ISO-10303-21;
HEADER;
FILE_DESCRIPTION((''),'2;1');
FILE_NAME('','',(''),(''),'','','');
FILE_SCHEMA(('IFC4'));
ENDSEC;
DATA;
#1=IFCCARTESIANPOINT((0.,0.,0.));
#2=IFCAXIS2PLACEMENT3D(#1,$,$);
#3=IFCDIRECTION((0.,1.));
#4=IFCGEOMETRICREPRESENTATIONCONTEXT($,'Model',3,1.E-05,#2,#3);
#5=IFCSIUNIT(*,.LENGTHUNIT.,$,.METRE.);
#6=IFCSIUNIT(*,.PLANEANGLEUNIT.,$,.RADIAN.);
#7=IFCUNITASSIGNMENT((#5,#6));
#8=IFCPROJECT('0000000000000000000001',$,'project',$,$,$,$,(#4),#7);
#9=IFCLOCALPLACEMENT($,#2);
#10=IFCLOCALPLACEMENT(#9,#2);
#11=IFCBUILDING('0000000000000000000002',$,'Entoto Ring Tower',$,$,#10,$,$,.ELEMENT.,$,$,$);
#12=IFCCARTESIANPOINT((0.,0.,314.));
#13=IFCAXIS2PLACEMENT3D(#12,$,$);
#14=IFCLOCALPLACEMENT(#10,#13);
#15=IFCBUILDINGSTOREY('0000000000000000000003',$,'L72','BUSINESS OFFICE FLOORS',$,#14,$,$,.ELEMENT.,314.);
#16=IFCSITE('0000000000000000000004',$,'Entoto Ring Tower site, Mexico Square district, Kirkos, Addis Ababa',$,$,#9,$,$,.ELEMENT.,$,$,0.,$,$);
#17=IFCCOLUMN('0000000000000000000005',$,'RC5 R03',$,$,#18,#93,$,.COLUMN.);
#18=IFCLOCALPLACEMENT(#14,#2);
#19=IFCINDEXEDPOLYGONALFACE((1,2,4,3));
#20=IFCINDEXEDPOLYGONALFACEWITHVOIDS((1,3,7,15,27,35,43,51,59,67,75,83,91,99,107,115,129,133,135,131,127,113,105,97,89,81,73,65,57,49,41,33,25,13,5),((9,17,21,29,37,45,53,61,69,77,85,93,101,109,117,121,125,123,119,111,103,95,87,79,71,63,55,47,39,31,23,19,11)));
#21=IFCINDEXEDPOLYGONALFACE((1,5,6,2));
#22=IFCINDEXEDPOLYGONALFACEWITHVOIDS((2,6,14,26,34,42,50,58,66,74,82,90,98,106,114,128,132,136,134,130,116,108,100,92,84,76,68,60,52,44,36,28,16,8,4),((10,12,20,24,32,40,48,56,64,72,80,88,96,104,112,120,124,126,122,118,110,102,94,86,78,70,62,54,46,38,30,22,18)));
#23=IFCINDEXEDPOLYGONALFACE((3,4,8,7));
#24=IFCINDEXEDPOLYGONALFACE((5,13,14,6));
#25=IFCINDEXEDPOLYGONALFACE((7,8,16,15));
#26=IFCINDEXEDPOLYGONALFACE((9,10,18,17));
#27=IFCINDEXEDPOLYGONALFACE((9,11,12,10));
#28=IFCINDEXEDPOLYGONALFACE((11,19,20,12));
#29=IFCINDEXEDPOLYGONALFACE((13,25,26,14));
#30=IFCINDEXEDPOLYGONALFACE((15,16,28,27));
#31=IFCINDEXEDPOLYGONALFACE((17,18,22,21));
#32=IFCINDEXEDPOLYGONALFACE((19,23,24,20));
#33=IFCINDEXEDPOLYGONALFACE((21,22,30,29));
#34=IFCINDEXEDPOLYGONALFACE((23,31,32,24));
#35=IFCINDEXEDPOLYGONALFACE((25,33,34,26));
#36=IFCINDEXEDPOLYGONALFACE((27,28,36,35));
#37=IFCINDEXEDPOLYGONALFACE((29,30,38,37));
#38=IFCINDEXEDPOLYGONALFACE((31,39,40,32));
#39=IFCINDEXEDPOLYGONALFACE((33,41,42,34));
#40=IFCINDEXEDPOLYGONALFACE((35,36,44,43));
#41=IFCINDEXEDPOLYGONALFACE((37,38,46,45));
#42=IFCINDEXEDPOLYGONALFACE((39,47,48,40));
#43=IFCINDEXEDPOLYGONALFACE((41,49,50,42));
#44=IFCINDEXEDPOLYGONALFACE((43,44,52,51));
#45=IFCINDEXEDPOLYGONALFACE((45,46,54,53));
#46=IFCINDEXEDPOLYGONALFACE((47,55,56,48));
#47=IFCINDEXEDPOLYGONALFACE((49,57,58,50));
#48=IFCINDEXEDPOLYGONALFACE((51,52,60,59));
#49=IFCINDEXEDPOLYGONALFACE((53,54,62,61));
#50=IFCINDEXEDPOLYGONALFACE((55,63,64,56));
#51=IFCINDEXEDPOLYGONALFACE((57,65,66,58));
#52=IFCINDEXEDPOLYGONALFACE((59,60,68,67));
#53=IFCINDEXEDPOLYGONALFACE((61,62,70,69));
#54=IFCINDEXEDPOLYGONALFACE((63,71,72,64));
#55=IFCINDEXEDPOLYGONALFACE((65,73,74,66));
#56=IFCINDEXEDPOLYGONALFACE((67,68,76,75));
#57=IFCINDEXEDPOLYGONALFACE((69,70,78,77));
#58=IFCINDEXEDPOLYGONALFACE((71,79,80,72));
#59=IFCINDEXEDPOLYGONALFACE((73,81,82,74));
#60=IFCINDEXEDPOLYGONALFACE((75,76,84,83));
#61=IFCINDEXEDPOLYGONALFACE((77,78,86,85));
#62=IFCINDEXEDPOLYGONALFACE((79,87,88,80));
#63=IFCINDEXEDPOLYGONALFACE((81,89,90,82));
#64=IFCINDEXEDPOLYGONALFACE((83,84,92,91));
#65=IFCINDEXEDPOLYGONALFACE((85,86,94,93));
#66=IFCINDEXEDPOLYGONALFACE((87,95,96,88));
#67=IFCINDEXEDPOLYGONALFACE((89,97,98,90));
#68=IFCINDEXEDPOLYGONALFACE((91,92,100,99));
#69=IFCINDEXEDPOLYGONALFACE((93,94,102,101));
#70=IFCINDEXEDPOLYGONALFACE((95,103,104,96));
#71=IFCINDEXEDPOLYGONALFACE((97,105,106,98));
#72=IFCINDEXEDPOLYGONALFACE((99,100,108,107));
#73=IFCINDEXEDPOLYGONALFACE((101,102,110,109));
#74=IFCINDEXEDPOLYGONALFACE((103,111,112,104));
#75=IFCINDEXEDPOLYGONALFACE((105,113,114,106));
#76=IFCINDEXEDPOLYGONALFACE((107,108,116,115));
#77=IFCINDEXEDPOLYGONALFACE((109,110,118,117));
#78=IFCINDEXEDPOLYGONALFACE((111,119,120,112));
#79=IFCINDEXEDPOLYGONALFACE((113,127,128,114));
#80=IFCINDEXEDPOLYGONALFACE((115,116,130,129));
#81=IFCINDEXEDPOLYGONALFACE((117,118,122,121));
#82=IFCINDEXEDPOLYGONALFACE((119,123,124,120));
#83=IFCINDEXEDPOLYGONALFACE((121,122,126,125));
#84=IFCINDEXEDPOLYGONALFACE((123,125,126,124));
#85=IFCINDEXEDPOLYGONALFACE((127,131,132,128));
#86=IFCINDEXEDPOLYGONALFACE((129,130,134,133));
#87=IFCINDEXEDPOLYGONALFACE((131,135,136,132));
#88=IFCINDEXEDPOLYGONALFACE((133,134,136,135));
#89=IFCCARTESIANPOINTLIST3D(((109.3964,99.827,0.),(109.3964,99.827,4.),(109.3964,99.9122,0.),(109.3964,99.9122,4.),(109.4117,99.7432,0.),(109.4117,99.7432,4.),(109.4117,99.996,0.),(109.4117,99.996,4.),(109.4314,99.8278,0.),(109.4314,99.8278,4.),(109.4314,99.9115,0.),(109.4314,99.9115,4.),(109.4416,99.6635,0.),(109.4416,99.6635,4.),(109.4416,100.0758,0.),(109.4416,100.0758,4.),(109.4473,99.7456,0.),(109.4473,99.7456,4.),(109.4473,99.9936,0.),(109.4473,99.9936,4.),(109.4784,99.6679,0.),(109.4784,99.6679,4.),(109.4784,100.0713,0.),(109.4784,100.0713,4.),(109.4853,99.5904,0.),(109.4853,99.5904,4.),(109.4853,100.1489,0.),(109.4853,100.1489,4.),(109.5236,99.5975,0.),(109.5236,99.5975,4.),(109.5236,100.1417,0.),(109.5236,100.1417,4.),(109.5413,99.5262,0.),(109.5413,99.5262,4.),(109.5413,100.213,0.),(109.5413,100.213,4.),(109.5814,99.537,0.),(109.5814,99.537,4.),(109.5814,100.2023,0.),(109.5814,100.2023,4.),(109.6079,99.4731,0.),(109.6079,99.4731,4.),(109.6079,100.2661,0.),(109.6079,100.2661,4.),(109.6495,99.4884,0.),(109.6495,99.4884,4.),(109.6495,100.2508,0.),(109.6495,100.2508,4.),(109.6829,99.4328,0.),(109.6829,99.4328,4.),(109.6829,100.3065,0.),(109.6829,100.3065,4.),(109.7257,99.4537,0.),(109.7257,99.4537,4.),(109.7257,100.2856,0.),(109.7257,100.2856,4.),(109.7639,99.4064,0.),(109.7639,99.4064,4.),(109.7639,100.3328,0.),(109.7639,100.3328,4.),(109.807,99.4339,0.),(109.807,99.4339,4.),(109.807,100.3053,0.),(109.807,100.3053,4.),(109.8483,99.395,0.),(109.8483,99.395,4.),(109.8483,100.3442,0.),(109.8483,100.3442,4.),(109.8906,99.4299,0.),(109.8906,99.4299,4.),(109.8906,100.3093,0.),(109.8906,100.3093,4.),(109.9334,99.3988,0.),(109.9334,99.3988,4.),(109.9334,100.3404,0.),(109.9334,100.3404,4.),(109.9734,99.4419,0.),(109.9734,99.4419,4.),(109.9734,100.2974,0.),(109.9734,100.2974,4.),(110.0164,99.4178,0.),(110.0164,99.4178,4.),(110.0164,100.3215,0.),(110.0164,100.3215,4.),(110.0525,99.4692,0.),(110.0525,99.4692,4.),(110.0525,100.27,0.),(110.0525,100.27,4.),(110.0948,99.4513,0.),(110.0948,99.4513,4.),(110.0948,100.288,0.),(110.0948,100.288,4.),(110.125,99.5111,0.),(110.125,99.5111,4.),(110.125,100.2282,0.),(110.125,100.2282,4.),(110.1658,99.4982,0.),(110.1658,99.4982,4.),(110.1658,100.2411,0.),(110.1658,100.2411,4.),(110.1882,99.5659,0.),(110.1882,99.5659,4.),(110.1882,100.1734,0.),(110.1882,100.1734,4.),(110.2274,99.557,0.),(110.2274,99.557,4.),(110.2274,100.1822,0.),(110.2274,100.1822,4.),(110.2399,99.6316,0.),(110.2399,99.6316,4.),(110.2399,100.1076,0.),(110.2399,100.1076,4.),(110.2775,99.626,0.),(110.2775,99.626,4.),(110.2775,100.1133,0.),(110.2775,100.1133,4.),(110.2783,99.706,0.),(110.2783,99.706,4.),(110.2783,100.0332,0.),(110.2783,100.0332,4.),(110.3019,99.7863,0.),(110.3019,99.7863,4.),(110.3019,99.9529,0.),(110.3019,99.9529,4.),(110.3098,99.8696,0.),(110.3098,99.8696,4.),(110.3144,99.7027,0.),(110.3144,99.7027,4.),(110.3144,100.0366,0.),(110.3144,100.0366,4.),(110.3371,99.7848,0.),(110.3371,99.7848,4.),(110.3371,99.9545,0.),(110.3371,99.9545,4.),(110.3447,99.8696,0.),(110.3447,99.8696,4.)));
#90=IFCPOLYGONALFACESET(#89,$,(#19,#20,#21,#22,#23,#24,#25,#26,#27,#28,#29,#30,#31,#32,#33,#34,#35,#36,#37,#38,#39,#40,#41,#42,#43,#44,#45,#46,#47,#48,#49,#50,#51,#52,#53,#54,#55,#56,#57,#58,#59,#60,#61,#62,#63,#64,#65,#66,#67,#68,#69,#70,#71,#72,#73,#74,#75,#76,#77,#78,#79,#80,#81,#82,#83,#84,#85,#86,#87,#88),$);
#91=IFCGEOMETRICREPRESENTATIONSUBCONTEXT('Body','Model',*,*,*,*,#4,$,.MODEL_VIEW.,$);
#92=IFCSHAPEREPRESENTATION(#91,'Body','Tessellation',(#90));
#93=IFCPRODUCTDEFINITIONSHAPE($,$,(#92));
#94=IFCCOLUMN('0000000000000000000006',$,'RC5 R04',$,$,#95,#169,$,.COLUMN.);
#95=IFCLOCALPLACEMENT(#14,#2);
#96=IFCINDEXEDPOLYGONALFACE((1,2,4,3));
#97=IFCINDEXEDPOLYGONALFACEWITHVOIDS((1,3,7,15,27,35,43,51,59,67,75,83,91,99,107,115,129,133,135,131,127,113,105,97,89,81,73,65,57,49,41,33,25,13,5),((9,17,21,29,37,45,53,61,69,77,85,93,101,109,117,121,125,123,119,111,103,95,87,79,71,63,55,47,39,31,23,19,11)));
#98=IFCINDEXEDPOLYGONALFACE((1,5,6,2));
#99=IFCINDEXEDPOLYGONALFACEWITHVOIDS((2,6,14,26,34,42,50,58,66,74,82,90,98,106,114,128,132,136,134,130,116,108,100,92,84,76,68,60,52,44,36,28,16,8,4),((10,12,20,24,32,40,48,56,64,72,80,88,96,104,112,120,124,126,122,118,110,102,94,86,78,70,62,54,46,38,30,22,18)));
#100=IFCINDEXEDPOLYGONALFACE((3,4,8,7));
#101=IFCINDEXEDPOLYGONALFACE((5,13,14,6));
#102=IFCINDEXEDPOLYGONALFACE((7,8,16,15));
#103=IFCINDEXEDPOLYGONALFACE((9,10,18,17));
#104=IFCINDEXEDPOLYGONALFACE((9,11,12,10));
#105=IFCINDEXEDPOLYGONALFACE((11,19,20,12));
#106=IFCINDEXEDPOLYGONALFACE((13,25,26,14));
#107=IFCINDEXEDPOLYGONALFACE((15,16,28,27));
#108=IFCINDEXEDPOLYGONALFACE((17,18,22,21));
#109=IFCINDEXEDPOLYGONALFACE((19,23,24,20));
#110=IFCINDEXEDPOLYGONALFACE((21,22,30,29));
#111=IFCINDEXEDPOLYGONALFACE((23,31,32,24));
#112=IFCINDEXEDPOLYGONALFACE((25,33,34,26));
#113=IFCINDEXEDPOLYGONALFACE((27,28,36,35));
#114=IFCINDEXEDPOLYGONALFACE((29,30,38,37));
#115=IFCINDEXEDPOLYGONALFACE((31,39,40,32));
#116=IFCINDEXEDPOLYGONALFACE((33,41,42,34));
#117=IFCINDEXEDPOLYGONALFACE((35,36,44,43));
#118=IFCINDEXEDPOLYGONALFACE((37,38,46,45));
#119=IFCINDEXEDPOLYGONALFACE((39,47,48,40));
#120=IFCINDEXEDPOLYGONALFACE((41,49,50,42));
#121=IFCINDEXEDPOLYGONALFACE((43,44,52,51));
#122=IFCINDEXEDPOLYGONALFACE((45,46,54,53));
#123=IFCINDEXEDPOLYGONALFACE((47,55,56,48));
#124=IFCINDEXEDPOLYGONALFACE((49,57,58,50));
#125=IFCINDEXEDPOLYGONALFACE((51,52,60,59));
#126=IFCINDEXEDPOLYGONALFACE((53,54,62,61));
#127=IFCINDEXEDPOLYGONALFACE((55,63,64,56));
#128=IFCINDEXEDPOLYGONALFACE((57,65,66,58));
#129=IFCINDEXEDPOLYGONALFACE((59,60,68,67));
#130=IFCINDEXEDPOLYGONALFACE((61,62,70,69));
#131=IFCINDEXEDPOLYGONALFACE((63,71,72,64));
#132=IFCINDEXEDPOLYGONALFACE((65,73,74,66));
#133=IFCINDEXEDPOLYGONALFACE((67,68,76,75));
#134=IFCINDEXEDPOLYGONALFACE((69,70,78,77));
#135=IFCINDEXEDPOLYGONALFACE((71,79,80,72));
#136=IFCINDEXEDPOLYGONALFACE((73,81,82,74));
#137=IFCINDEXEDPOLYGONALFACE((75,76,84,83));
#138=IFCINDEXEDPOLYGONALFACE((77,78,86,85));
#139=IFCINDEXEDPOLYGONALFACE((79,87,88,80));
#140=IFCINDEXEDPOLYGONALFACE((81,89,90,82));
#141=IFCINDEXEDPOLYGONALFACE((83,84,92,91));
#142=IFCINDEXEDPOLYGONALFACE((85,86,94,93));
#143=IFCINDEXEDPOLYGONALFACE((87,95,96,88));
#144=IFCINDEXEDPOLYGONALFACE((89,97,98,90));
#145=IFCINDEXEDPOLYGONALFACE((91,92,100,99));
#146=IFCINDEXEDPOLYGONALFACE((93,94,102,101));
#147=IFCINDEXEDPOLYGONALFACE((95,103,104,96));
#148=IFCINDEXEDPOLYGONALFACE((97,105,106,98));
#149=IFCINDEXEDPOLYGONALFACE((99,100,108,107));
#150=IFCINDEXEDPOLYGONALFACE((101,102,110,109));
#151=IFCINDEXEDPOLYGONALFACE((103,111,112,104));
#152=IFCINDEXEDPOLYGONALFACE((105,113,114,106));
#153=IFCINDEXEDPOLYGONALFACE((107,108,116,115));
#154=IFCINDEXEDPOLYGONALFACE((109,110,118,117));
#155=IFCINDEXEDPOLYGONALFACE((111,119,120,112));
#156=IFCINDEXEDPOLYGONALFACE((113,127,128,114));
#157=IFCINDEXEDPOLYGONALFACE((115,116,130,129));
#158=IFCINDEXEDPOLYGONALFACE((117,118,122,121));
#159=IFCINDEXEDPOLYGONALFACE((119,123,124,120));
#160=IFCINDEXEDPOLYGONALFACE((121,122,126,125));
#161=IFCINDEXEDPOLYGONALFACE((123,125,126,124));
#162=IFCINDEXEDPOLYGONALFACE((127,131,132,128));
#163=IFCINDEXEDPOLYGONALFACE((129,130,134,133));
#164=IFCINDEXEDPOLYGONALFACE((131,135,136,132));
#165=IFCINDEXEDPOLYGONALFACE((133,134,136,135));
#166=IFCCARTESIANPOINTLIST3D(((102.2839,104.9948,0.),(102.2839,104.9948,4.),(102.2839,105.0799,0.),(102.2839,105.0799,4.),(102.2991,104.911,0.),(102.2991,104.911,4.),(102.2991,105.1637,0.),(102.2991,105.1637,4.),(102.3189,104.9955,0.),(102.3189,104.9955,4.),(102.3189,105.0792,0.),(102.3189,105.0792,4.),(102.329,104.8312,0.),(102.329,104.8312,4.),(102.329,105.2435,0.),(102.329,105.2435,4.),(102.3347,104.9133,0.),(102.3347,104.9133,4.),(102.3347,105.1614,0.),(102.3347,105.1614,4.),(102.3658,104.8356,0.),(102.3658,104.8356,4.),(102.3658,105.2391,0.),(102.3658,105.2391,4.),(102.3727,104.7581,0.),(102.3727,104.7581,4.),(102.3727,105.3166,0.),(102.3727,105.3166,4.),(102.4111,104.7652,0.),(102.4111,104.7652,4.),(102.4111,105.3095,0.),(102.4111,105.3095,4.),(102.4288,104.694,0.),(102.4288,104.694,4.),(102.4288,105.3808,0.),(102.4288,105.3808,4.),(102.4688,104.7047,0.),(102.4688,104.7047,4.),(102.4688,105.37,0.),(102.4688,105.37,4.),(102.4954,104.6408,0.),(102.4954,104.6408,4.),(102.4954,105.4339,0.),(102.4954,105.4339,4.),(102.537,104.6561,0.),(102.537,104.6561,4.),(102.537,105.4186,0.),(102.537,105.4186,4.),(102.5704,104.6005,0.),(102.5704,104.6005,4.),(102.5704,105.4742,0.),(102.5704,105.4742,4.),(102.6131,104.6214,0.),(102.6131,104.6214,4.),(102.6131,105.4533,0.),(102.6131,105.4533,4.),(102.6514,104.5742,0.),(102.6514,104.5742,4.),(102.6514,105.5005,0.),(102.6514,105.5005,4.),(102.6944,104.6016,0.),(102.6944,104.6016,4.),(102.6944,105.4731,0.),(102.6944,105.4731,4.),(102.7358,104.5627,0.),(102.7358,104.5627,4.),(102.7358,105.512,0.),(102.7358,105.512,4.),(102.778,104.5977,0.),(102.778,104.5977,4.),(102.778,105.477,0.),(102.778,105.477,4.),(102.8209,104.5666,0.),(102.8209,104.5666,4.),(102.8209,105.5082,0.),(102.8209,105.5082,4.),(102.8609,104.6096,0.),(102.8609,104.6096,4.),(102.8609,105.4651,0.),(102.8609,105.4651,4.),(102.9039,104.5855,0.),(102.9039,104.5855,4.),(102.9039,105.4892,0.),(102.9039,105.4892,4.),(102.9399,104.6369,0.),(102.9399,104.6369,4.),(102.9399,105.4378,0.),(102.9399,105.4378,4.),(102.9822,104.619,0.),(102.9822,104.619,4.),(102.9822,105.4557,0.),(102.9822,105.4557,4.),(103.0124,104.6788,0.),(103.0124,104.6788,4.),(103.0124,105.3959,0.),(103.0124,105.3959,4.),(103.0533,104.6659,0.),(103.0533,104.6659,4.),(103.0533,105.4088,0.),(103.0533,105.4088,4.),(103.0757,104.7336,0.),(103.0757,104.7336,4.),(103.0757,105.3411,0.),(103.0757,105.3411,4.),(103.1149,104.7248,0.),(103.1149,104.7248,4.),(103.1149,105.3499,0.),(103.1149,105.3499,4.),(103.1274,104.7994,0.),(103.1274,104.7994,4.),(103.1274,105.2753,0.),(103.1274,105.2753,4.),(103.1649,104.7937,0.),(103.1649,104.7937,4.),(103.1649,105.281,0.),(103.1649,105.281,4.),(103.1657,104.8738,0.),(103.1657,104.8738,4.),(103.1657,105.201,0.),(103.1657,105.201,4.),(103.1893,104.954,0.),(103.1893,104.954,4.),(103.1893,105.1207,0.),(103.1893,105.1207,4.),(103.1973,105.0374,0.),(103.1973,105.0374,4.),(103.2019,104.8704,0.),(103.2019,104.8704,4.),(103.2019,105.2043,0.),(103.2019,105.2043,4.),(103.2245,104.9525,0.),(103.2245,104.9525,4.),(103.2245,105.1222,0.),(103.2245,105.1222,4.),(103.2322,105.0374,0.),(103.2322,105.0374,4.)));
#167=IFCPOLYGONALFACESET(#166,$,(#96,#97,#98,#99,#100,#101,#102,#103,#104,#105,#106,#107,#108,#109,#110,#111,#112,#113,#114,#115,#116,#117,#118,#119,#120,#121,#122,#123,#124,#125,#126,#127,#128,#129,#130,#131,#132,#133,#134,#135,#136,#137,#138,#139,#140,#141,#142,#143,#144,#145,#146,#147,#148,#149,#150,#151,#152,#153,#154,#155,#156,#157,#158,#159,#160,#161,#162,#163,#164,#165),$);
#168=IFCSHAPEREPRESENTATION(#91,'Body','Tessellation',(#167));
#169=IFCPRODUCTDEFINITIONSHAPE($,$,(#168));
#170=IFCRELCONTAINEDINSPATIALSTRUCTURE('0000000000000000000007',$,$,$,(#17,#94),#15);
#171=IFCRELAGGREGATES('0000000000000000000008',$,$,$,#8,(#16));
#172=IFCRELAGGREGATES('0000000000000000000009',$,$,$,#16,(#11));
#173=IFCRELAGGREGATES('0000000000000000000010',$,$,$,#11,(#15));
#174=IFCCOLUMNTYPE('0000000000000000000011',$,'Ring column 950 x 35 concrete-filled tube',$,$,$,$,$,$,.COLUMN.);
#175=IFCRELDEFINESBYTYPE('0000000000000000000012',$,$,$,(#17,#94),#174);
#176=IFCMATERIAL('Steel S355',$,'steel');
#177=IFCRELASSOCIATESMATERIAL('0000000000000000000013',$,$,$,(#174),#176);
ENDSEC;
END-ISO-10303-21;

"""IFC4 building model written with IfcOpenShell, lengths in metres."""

from ifc_helpers import new_model, si_unit, direction, frame, origin, origin_2d, place, context, subcontext, project, spatial, circle, hollow_circle, extrude, material, material_profile, profile_set, type_object, element, save


model = new_model("IFC4")

# Units and contexts
model_context = context("Model", 3, precision=1e-05, world=origin(), true_north=direction((0.0, 1.0)))
body_context = subcontext(model_context, "Body", "Model", "MODEL_VIEW")
ifc_project = project(units=[si_unit("LENGTHUNIT", "METRE"), si_unit("PLANEANGLEUNIT", "RADIAN")], contexts=[model_context])

# Site, building, storey
site_placement = place(None, origin())
site = spatial("IfcSite", under=ifc_project, at=site_placement, Name="Entoto Ring Tower site, Mexico Square district, Kirkos, Addis Ababa", CompositionType="ELEMENT", RefElevation=0.0)
building_placement = place(site_placement, origin())
building = spatial("IfcBuilding", under=site, at=building_placement, Name="Entoto Ring Tower", CompositionType="ELEMENT")
storey_placement = place(building_placement, frame((0.0, 0.0, 314.0)))
storey = spatial("IfcBuildingStorey", under=building, at=storey_placement, Name="L72", Description="BUSINESS OFFICE FLOORS", CompositionType="ELEMENT", Elevation=314.0)

# Columns
ifc_material_1 = material(Name="Steel S355", Category="steel")
ifc_material_profile_1 = material_profile(ifc_material_1, hollow_circle(Radius=0.4751, WallThickness=0.0349, at=origin_2d()), Name="CHS 950 x 35")
ifc_material_2 = material(Name="Concrete C60/75", Category="concrete")
ifc_material_profile_2 = material_profile(ifc_material_2, circle(Radius=0.4399, at=origin_2d()), Name="Concrete C60/75 infill")
ifc_profile_set_1 = profile_set([ifc_material_profile_1, ifc_material_profile_2], Name="Steel S355")
column_type = type_object("IfcColumnType", Name="Ring column 950 x 35 concrete-filled tube", PredefinedType="COLUMN", material=ifc_profile_set_1)
for number, where, z_axis, x_axis, name in (
    (1, (109.8696, 99.8696, 0.0), (0.0, 0.0, 1.0), (1.0, 0.0, 0.0), "RC5 R03"),
    (2, (102.7571, 105.0374, 0.0), (0.0, 0.0, 1.0), (1.0, 0.0, 0.0), "RC5 R04"),
):
    element("IfcColumn", number, at=place(storey_placement, frame(where, z_axis=z_axis, x_axis=x_axis)), inside=storey, type_object=column_type, Name=name, PredefinedType="COLUMN", context=body_context, shape_type="SweptSolid", body=[
        extrude(hollow_circle(Radius=0.4751, WallThickness=0.0349, at=origin_2d()), origin(), (0.0, 0.0, 1.0), 4.0),
    ])

save(model, "model.ifc")
